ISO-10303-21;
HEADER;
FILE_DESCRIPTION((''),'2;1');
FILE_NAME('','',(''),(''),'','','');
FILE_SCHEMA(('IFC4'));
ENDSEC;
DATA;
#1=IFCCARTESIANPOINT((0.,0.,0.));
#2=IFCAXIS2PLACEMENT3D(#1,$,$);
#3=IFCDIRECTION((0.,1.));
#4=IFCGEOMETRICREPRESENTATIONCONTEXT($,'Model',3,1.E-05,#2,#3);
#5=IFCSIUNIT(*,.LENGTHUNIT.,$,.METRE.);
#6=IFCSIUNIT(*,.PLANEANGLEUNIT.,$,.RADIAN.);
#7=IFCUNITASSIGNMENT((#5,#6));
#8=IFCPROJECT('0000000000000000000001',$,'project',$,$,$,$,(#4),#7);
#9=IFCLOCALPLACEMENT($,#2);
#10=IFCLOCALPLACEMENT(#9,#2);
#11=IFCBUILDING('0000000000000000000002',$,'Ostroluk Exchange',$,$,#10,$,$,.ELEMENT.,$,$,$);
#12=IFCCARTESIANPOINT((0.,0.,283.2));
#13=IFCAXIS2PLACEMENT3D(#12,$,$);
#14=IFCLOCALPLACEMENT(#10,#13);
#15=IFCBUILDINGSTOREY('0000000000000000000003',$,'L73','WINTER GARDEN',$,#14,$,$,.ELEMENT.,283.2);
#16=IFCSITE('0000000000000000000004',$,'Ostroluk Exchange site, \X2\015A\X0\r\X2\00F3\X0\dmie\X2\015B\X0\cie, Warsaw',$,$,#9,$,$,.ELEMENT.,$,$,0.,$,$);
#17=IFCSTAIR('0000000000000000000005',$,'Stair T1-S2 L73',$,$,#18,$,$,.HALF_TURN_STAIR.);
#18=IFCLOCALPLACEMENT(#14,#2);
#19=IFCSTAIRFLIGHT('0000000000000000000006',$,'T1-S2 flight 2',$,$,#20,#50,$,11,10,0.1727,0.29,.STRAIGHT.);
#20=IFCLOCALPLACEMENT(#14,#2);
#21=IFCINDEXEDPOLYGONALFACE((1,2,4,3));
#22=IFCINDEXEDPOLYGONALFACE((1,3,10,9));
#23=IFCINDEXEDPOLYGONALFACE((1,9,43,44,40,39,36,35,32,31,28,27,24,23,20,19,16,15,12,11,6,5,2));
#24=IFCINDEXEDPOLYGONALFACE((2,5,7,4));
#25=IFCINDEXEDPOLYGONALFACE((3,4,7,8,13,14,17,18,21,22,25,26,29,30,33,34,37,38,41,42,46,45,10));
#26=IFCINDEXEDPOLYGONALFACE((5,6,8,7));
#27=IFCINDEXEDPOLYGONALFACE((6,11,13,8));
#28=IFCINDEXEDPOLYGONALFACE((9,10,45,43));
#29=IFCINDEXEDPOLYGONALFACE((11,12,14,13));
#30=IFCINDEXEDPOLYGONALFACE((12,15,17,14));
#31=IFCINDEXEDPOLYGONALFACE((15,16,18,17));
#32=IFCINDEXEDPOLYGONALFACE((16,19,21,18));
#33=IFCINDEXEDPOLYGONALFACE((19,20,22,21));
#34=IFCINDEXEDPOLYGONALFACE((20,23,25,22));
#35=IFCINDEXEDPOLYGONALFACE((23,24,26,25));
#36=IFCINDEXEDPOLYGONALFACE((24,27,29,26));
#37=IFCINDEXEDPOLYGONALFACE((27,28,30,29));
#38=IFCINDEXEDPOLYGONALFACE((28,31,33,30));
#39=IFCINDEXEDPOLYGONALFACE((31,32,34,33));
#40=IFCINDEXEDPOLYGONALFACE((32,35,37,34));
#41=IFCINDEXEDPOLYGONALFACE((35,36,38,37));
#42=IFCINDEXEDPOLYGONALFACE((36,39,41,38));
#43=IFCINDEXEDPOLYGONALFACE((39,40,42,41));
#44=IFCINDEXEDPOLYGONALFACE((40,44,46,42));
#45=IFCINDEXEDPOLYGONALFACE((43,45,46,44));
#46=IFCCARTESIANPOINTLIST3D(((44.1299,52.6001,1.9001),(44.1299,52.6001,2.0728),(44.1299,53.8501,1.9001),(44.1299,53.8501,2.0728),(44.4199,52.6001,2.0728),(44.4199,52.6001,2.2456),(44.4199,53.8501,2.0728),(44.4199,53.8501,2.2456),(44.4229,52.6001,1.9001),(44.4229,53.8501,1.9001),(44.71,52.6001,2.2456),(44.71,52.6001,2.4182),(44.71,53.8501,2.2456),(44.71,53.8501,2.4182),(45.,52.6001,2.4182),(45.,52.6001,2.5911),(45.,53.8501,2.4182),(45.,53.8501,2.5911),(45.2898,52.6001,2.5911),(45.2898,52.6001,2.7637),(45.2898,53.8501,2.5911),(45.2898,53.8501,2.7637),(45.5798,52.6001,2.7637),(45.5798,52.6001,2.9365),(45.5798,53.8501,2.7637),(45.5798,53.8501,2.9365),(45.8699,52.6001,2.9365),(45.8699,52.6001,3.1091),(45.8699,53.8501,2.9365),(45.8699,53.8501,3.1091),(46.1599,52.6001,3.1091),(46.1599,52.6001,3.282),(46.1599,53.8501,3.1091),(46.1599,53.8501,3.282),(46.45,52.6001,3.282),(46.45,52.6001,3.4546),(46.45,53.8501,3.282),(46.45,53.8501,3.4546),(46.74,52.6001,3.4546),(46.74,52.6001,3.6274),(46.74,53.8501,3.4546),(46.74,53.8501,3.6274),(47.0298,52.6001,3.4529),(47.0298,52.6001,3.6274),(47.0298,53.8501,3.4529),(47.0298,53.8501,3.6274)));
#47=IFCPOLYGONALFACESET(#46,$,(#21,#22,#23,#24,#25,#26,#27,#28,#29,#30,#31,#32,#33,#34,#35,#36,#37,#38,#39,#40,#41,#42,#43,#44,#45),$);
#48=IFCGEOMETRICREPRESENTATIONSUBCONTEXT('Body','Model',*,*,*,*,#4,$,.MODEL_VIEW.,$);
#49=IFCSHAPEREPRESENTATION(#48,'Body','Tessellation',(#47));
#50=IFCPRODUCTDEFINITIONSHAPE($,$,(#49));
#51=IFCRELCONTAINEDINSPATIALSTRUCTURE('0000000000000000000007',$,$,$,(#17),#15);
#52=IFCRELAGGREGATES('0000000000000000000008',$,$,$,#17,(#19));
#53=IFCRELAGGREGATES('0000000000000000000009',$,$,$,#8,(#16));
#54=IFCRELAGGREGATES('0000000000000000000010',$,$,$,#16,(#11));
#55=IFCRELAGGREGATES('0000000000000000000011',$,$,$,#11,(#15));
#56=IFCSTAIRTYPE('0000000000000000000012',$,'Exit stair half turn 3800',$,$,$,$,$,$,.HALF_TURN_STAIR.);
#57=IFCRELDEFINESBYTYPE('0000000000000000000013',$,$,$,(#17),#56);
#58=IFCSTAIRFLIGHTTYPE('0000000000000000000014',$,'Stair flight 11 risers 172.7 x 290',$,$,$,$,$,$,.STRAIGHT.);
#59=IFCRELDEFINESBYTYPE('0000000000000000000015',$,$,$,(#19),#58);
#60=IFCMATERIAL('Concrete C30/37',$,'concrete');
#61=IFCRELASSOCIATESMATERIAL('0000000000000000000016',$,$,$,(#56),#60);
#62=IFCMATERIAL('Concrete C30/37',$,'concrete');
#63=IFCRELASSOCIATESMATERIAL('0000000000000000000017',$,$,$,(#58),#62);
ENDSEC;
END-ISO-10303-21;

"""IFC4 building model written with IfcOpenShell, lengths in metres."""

from ifc_helpers import new_model, si_unit, direction, frame, origin, place, context, subcontext, project, spatial, polyline, outline, extrude, material, type_object, element, aggregate, save


model = new_model("IFC4")

# Units and contexts
model_context = context("Model", 3, precision=1e-05, world=origin(), true_north=direction((0.0, 1.0)))
body_context = subcontext(model_context, "Body", "Model", "MODEL_VIEW")
ifc_project = project(units=[si_unit("LENGTHUNIT", "METRE"), si_unit("PLANEANGLEUNIT", "RADIAN")], contexts=[model_context])

# Site, building, storey
site_placement = place(None, origin())
site = spatial("IfcSite", under=ifc_project, at=site_placement, Name="Ostroluk Exchange site, Śródmieście, Warsaw", CompositionType="ELEMENT", RefElevation=0.0)
building_placement = place(site_placement, origin())
building = spatial("IfcBuilding", under=site, at=building_placement, Name="Ostroluk Exchange", CompositionType="ELEMENT")
storey_placement = place(building_placement, frame((0.0, 0.0, 283.2)))
storey = spatial("IfcBuildingStorey", under=building, at=storey_placement, Name="L73", Description="WINTER GARDEN", CompositionType="ELEMENT", Elevation=283.2)

# Stair, stair flight
ifc_material_1 = material(Name="Concrete C30/37", Category="concrete")
stair_type = type_object("IfcStairType", Name="Exit stair half turn 3800", PredefinedType="HALF_TURN_STAIR", material=ifc_material_1)
stair_placement = place(storey_placement, origin())
stair = element("IfcStair", 1, at=stair_placement, inside=storey, type_object=stair_type, Name="Stair T1-S2 L73", PredefinedType="HALF_TURN_STAIR")
ifc_material_2 = material(Name="Concrete C30/37", Category="concrete")
stair_flight_type = type_object("IfcStairFlightType", Name="Stair flight 11 risers 172.7 x 290", PredefinedType="STRAIGHT", material=ifc_material_2)
stair_flight_placement = place(storey_placement, frame((44.1299, 53.2251, 1.9001), z_axis=(0.0, 0.0, 1.0), x_axis=(1.0, 0.0, 0.0)))
stair_flight = element("IfcStairFlight", 2, at=stair_flight_placement, type_object=stair_flight_type, Name="T1-S2 flight 2", NumberOfRisers=11, NumberOfTreads=10, PredefinedType="STRAIGHT", RiserHeight=0.1727, TreadLength=0.29, context=body_context, shape_type="SweptSolid", body=[
    extrude(outline(polyline([(0.0, 0.0), (0.0, 0.1726), (0.29, 0.1726), (0.29, 0.3455), (0.5801, 0.3455), (0.5801, 0.5181), (0.8701, 0.5181), (0.8701, 0.6909), (1.1599, 0.6909), (1.1599, 0.8635), (1.45, 0.8635), (1.45, 1.0364), (1.74, 1.0364), (1.74, 1.209), (2.03, 1.209), (2.03, 1.3818), (2.3201, 1.3818), (2.3201, 1.5544), (2.6101, 1.5544), (2.6101, 1.7273), (2.8999, 1.7273), (2.8999, 1.8999), (2.8999, 1.5527), (0.293, 0.0), (0.0, 0.0)])), frame((0.0, 0.625, 0.0), z_axis=(0.0, -1.0, 0.0), x_axis=(1.0, 0.0, 0.0)), (0.0, 0.0, 1.0), 1.25),
])
aggregate(stair, [stair_flight])

save(model, "model.ifc")
